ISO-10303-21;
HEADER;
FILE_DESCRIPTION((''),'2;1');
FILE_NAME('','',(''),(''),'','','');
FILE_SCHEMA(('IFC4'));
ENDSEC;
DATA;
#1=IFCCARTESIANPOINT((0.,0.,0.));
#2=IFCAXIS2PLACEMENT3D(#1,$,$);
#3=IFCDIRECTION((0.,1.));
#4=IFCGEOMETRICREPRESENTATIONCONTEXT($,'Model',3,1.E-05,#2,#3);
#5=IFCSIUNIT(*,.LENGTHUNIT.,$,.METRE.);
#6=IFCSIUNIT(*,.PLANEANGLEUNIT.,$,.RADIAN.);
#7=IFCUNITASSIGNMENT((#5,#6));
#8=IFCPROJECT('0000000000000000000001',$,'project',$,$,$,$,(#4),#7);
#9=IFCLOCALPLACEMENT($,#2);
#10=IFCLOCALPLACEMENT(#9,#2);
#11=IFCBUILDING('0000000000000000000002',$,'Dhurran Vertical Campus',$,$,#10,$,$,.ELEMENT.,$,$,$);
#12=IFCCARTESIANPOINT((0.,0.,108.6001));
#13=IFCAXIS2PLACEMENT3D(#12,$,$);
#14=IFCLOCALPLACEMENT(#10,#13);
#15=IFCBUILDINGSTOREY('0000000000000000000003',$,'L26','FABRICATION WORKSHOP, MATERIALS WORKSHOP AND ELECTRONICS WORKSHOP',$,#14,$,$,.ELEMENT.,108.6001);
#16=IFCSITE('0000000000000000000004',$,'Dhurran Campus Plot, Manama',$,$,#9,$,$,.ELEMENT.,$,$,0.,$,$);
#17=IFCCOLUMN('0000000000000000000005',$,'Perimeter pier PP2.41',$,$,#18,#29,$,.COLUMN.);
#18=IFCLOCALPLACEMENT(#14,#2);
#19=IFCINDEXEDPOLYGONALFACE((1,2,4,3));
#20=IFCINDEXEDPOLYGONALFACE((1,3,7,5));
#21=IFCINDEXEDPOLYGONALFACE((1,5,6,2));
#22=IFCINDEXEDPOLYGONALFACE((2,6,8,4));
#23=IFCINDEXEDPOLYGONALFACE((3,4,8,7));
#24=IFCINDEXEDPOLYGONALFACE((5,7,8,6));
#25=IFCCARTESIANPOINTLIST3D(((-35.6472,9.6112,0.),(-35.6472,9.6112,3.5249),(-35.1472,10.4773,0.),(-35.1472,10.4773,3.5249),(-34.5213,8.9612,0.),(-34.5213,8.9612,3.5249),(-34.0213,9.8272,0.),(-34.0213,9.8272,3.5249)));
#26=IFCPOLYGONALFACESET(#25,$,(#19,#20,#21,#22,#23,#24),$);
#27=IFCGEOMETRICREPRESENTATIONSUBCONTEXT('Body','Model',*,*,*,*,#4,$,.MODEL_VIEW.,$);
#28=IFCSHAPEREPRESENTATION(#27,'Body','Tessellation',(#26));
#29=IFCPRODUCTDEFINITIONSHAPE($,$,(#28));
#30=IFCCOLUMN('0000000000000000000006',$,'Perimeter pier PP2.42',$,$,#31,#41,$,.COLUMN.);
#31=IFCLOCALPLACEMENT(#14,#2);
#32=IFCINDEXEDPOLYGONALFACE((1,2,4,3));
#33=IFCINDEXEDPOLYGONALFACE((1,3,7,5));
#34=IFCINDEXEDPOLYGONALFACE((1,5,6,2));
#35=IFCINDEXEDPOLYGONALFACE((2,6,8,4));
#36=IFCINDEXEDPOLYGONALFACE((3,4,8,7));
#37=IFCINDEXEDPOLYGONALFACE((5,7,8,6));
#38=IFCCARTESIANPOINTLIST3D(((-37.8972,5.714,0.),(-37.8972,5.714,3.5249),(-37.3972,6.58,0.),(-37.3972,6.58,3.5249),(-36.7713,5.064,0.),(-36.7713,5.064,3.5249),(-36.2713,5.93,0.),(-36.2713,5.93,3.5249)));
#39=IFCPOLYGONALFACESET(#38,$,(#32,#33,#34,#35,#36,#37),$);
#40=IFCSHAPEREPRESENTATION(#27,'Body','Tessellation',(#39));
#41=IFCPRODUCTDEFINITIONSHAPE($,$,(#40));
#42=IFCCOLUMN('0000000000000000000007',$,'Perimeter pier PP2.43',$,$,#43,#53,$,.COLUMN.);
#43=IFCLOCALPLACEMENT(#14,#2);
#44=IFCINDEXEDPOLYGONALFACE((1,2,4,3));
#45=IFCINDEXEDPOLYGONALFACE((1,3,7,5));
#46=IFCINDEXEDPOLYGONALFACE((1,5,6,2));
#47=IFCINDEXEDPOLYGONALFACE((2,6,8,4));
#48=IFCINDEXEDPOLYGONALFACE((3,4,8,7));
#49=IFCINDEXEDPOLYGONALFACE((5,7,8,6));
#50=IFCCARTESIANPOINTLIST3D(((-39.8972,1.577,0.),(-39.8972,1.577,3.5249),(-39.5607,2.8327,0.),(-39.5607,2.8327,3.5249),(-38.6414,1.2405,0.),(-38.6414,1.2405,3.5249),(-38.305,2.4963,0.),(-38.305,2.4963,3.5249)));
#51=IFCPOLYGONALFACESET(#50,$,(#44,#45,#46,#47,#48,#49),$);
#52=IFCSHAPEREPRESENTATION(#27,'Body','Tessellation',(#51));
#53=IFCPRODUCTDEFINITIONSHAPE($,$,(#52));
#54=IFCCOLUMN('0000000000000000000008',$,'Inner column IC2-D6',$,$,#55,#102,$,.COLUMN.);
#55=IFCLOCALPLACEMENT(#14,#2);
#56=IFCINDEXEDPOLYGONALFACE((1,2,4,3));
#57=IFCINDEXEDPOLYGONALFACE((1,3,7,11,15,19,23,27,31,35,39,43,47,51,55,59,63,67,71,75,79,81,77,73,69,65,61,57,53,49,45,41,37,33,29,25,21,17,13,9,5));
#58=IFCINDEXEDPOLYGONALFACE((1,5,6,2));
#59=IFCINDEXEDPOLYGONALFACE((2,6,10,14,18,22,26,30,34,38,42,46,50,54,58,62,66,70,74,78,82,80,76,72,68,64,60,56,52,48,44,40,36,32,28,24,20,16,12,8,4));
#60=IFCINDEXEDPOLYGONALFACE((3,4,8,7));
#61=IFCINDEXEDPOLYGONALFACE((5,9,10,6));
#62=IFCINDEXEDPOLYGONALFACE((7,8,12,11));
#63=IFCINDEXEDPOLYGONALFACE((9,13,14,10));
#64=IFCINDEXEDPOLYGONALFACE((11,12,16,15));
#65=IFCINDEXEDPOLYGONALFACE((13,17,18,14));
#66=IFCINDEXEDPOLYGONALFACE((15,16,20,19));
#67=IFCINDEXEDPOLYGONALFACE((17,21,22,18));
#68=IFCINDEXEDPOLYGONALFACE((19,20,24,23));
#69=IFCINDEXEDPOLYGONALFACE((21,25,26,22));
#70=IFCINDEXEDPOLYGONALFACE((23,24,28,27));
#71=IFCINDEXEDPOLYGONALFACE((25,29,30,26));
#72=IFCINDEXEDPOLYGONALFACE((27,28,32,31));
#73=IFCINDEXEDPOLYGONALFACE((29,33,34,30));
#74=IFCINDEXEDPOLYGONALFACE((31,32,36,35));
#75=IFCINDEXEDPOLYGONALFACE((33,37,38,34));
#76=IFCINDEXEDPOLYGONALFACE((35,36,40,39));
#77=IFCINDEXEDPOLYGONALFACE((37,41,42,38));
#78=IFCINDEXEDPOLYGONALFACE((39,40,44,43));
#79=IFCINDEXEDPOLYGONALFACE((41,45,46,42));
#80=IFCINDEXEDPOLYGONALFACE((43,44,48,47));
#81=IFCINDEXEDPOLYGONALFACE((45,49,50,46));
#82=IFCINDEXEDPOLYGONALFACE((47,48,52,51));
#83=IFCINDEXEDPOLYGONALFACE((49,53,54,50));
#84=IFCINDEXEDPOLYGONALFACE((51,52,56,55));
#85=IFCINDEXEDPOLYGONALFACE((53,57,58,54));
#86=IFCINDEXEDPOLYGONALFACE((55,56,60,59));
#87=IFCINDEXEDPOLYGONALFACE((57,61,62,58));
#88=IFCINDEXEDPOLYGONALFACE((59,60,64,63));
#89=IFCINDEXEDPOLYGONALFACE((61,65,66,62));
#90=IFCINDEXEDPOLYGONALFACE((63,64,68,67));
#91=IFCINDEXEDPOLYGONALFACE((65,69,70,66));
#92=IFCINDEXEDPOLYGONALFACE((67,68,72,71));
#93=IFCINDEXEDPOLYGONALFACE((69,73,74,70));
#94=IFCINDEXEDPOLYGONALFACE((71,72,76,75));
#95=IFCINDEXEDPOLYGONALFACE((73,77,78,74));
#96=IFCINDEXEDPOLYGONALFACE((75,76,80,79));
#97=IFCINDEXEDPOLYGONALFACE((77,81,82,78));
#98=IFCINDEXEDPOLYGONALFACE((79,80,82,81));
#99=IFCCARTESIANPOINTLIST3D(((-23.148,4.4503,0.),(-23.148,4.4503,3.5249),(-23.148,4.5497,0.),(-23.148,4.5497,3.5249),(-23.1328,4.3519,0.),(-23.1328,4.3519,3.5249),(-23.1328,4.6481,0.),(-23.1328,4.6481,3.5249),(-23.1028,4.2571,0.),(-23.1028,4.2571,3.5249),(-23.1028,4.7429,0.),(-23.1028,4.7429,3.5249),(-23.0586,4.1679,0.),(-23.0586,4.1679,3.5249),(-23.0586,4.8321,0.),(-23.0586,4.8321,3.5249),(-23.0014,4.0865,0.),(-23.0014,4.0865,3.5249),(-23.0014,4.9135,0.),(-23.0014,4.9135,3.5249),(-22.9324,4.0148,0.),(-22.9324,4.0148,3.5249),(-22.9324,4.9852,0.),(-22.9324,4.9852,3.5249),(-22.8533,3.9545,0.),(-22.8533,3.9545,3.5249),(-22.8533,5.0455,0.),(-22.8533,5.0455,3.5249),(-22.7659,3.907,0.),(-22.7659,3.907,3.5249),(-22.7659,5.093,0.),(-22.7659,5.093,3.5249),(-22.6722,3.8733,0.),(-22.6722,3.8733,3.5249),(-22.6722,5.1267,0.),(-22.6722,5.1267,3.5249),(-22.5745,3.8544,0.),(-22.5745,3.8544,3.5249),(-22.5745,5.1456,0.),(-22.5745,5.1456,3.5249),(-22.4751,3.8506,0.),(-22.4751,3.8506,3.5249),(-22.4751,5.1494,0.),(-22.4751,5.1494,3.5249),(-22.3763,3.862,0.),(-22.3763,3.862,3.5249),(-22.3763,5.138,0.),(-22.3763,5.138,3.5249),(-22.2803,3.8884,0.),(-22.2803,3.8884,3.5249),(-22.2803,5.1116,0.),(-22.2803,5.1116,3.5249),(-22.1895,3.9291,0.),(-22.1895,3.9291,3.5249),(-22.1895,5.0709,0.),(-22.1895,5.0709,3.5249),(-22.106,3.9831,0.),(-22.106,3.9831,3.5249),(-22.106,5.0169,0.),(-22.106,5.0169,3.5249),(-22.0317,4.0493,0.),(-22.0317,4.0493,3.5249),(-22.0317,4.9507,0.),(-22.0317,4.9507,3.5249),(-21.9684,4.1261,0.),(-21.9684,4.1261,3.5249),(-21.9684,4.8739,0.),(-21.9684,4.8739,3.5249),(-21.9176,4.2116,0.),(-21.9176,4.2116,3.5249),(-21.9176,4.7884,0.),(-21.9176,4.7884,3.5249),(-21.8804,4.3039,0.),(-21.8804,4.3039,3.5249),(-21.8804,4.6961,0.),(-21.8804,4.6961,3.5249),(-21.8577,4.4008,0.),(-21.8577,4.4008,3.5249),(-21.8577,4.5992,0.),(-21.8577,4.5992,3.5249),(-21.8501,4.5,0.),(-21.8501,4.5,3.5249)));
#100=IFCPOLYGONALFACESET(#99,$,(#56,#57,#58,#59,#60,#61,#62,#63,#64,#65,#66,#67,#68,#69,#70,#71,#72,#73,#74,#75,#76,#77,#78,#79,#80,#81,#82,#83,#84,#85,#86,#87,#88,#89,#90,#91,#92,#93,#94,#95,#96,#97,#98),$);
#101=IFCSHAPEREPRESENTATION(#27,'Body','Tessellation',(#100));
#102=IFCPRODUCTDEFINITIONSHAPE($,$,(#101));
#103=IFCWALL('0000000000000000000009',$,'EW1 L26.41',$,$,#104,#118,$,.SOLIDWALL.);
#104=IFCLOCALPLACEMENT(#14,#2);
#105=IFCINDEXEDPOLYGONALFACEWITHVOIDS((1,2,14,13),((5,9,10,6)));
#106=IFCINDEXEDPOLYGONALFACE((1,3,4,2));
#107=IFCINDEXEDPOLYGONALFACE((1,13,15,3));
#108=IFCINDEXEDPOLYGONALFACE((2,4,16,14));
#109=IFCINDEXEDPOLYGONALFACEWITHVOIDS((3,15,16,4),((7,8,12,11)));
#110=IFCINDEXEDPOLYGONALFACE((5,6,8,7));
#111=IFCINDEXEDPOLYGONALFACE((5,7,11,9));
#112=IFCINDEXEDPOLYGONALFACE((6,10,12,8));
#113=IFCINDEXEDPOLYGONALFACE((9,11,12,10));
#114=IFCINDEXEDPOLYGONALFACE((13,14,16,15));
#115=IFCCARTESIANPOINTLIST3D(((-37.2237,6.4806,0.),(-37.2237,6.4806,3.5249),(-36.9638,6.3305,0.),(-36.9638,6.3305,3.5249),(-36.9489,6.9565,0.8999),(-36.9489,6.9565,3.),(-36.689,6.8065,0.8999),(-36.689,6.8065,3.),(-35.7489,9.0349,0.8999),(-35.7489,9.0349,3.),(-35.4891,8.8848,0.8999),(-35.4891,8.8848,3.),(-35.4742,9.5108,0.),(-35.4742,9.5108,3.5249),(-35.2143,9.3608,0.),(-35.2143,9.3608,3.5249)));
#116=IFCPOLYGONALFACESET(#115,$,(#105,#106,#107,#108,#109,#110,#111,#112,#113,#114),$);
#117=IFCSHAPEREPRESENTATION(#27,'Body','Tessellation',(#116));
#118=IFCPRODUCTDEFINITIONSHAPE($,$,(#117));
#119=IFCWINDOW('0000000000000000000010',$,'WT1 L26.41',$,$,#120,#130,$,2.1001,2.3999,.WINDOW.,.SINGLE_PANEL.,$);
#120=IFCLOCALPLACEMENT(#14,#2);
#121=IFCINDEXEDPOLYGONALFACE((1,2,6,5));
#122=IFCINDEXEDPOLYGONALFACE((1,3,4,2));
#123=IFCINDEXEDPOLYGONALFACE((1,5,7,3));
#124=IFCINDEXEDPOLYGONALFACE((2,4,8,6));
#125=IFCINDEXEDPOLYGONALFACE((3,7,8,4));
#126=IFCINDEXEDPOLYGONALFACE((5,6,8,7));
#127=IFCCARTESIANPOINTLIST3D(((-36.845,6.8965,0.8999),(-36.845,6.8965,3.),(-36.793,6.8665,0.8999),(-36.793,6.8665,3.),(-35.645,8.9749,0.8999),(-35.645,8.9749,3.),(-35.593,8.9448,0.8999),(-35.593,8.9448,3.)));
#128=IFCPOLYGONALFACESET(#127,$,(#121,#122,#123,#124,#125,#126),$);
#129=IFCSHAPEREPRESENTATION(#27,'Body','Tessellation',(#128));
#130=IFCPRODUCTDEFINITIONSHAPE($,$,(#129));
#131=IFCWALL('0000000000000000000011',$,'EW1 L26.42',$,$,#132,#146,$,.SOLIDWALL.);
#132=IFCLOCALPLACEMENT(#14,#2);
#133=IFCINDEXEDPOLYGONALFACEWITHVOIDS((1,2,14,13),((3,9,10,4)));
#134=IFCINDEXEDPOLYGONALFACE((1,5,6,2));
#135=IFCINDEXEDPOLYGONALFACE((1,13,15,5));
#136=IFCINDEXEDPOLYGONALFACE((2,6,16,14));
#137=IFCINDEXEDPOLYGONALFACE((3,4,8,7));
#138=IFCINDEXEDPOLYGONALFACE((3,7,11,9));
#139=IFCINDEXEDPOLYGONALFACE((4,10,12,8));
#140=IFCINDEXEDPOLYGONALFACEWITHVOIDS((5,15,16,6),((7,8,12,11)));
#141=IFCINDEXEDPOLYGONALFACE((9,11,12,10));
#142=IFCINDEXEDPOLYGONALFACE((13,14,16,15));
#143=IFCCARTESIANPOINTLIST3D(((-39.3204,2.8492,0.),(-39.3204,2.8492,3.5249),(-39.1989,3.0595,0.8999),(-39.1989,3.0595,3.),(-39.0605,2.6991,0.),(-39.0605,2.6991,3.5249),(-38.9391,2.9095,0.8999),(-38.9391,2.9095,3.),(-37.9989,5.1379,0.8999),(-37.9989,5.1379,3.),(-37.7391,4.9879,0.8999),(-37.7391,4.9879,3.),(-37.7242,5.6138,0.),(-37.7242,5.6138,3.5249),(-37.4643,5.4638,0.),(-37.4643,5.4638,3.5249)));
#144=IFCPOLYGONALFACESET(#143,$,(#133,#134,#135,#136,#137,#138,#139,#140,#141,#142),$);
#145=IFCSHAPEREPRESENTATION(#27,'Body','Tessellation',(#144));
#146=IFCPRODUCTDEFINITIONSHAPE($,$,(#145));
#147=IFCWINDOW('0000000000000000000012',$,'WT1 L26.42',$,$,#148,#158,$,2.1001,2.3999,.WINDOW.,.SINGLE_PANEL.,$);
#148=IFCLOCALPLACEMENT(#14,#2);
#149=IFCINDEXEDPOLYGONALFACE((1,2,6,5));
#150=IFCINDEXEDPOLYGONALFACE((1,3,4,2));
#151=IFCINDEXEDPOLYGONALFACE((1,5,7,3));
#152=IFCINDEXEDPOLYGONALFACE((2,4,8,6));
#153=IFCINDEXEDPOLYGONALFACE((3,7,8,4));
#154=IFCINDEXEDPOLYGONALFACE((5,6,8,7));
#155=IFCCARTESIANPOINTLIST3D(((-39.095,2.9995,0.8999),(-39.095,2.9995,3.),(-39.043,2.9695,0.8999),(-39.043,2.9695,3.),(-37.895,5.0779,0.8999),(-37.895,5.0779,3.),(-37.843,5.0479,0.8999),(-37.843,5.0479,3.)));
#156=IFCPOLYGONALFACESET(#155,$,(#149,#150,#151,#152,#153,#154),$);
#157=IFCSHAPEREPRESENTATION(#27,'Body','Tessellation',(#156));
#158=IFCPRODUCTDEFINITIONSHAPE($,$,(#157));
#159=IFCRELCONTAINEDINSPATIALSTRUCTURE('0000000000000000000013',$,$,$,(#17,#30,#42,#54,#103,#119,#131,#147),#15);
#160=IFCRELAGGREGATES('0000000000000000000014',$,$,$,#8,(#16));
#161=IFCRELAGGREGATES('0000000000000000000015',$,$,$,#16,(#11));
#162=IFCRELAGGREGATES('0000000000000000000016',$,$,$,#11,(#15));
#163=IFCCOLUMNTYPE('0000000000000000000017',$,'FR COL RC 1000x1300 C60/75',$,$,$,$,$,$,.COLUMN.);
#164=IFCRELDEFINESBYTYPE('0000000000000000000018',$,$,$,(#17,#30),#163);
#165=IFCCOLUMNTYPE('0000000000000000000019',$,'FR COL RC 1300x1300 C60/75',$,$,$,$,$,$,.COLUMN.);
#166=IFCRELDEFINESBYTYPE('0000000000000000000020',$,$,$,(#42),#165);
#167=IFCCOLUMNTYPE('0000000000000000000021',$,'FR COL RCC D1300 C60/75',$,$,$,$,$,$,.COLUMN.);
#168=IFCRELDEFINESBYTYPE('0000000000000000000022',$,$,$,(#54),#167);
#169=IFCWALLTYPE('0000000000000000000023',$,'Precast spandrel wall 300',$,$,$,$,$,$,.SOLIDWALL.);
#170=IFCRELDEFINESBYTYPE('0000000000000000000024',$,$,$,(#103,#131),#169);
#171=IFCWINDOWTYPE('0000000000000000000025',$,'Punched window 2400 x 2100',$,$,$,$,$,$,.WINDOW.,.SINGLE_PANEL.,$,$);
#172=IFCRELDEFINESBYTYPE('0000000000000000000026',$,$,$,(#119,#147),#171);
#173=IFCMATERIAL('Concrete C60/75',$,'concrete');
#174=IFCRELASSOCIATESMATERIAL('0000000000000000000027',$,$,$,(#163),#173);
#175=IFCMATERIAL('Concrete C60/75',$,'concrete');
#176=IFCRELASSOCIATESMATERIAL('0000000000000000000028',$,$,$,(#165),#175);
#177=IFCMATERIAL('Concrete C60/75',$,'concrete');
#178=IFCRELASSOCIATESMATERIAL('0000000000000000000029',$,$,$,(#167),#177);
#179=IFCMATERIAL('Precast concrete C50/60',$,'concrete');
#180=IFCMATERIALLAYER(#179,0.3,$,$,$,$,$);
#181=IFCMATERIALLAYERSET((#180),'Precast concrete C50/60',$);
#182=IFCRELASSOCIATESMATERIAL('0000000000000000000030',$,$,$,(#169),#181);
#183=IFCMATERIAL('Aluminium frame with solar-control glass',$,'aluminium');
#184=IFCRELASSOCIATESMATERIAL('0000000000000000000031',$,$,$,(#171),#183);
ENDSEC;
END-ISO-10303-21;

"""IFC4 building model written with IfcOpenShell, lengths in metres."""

from ifc_helpers import new_model, si_unit, direction, frame, frame_2d, origin, origin_2d, place, context, subcontext, project, spatial, rectangle, circle, extrude, material, layer, layer_set, material_profile, profile_set, type_object, element, fill, save


model = new_model("IFC4")

# Units and contexts
model_context = context("Model", 3, precision=1e-05, world=origin(), true_north=direction((0.0, 1.0)))
body_context = subcontext(model_context, "Body", "Model", "MODEL_VIEW")
ifc_project = project(units=[si_unit("LENGTHUNIT", "METRE"), si_unit("PLANEANGLEUNIT", "RADIAN")], contexts=[model_context])

# Site, building, storey
site_placement = place(None, origin())
site = spatial("IfcSite", under=ifc_project, at=site_placement, Name="Dhurran Campus Plot, Manama", CompositionType="ELEMENT", RefElevation=0.0)
building_placement = place(site_placement, origin())
building = spatial("IfcBuilding", under=site, at=building_placement, Name="Dhurran Vertical Campus", CompositionType="ELEMENT")
storey_placement = place(building_placement, frame((0.0, 0.0, 108.6001)))
storey = spatial("IfcBuildingStorey", under=building, at=storey_placement, Name="L26", Description="FABRICATION WORKSHOP, MATERIALS WORKSHOP AND ELECTRONICS WORKSHOP", CompositionType="ELEMENT", Elevation=108.6001)

# Columns
ifc_material_1 = material(Name="Concrete C60/75", Category="concrete")
ifc_material_profile_1 = material_profile(ifc_material_1, rectangle(XDim=1.0, YDim=1.3, at=origin_2d()), Name="RC 1000x1300")
ifc_profile_set_1 = profile_set([ifc_material_profile_1], Name="Concrete C60/75")
column_type_1 = type_object("IfcColumnType", Name="FR COL RC 1000x1300 C60/75", PredefinedType="COLUMN", material=ifc_profile_set_1)
for number, where, z_axis, x_axis, name in (
    (1, (-34.8342, 9.7192, 0.0), (0.0, 0.0, 1.0), (-0.5, -0.866025, 0.0), "Perimeter pier PP2.41"),
    (2, (-37.0842, 5.822, 0.0), (0.0, 0.0, 1.0), (-0.5, -0.866025, 0.0), "Perimeter pier PP2.42"),
):
    element("IfcColumn", number, at=place(storey_placement, frame(where, z_axis=z_axis, x_axis=x_axis)), inside=storey, type_object=column_type_1, Name=name, PredefinedType="COLUMN", context=body_context, shape_type="SweptSolid", body=[
        extrude(rectangle(XDim=1.0, YDim=1.3, at=origin_2d()), origin(), (0.0, 0.0, 1.0), 3.5249),
    ])
ifc_material_2 = material(Name="Concrete C60/75", Category="concrete")
ifc_material_profile_2 = material_profile(ifc_material_2, rectangle(XDim=1.3, YDim=1.3, at=origin_2d()), Name="RC 1300x1300")
ifc_profile_set_2 = profile_set([ifc_material_profile_2], Name="Concrete C60/75")
column_type_2 = type_object("IfcColumnType", Name="FR COL RC 1300x1300 C60/75", PredefinedType="COLUMN", material=ifc_profile_set_2)
column_1_placement = place(storey_placement, frame((-39.1011, 2.0366, 0.0), z_axis=(0.0, 0.0, 1.0), x_axis=(-0.258819, -0.965926, 0.0)))
element("IfcColumn", 3, at=column_1_placement, inside=storey, type_object=column_type_2, Name="Perimeter pier PP2.43", PredefinedType="COLUMN", context=body_context, shape_type="SweptSolid", body=[
    extrude(rectangle(XDim=1.3, YDim=1.3, at=origin_2d()), origin(), (0.0, 0.0, 1.0), 3.5249),
])
ifc_material_3 = material(Name="Concrete C60/75", Category="concrete")
ifc_material_profile_3 = material_profile(ifc_material_3, circle(Radius=0.6499, at=origin_2d()), Name="RCC D1300")
ifc_profile_set_3 = profile_set([ifc_material_profile_3], Name="Concrete C60/75")
column_type_3 = type_object("IfcColumnType", Name="FR COL RCC D1300 C60/75", PredefinedType="COLUMN", material=ifc_profile_set_3)
column_2_placement = place(storey_placement, frame((-22.5, 4.5, 0.0), z_axis=(0.0, 0.0, 1.0), x_axis=(1.0, 0.0, 0.0)))
element("IfcColumn", 4, at=column_2_placement, inside=storey, type_object=column_type_3, Name="Inner column IC2-D6", PredefinedType="COLUMN", context=body_context, shape_type="SweptSolid", body=[
    extrude(circle(Radius=0.6499, at=origin_2d()), origin(), (0.0, 0.0, 1.0), 3.5249),
])

# Walls, openings, windows
ifc_material_4 = material(Name="Precast concrete C50/60", Category="concrete")
ifc_layer_1 = layer(ifc_material_4, 0.3)
ifc_layer_set_1 = layer_set([ifc_layer_1], Name="Precast concrete C50/60")
wall_type_1 = type_object("IfcWallType", Name="Precast spandrel wall 300", PredefinedType="SOLIDWALL", material=ifc_layer_set_1)
wall_1_placement = place(storey_placement, frame((-35.3442, 9.4358, 0.0), z_axis=(0.0, 0.0, 1.0), x_axis=(-0.499996, -0.866028, 0.0)))
wall_1 = element("IfcWall", 5, at=wall_1_placement, inside=storey, type_object=wall_type_1, Name="EW1 L26.41", PredefinedType="SOLIDWALL", context=body_context, shape_type="SweptSolid", body=[
    extrude(rectangle(XDim=3.499, YDim=0.3, at=frame_2d((1.7495, 0.0))), origin(), (0.0, 0.0, 1.0), 3.5249),
])
opening_1_placement = place(wall_1_placement, frame((0.5496, 0.0, 0.8999)))
opening_1 = element("IfcOpeningElement", 6, at=opening_1_placement, cuts=wall_1, PredefinedType="OPENING", context=body_context, shape_type="SweptSolid", body=[
    extrude(rectangle(XDim=2.3999, YDim=2.1001, at=frame_2d((1.2, 1.05))), frame((0.0, 0.1599, 0.0), z_axis=(0.0, -1.0, 0.0), x_axis=(1.0, 0.0, 0.0)), (0.0, 0.0, 1.0), 0.3201),
])
ifc_material_5 = material(Name="Aluminium frame with solar-control glass", Category="aluminium")
window_type = type_object("IfcWindowType", Name="Punched window 2400 x 2100", PartitioningType="SINGLE_PANEL", PredefinedType="WINDOW", material=ifc_material_5)
window_1_placement = place(opening_1_placement, origin())
window_1 = element("IfcWindow", 7, at=window_1_placement, inside=storey, type_object=window_type, Name="WT1 L26.41", OverallHeight=2.1001, OverallWidth=2.3999, PartitioningType="SINGLE_PANEL", PredefinedType="WINDOW", context=body_context, shape_type="SweptSolid", body=[
    extrude(rectangle(XDim=2.3999, YDim=2.1001, at=frame_2d((1.2, 1.05))), frame((0.0, 0.03, 0.0), z_axis=(0.0, -1.0, 0.0), x_axis=(1.0, 0.0, 0.0)), (0.0, 0.0, 1.0), 0.0601),
])
fill(opening_1, window_1)
wall_2_placement = place(storey_placement, frame((-37.5942, 5.5388, 0.0), z_axis=(0.0, 0.0, 1.0), x_axis=(-0.500005, -0.866023, 0.0)))
wall_2 = element("IfcWall", 8, at=wall_2_placement, inside=storey, type_object=wall_type_1, Name="EW1 L26.42", PredefinedType="SOLIDWALL", context=body_context, shape_type="SweptSolid", body=[
    extrude(rectangle(XDim=3.1924, YDim=0.3, at=frame_2d((1.5962, 0.0))), origin(), (0.0, 0.0, 1.0), 3.5249),
])
opening_2_placement = place(wall_2_placement, frame((0.5496, 0.0, 0.8999)))
opening_2 = element("IfcOpeningElement", 9, at=opening_2_placement, cuts=wall_2, PredefinedType="OPENING", context=body_context, shape_type="SweptSolid", body=[
    extrude(rectangle(XDim=2.3999, YDim=2.1001, at=frame_2d((1.2, 1.05))), frame((0.0, 0.1599, 0.0), z_axis=(0.0, -1.0, 0.0), x_axis=(1.0, 0.0, 0.0)), (0.0, 0.0, 1.0), 0.3201),
])
window_2_placement = place(opening_2_placement, origin())
window_2 = element("IfcWindow", 10, at=window_2_placement, inside=storey, type_object=window_type, Name="WT1 L26.42", OverallHeight=2.1001, OverallWidth=2.3999, PartitioningType="SINGLE_PANEL", PredefinedType="WINDOW", context=body_context, shape_type="SweptSolid", body=[
    extrude(rectangle(XDim=2.3999, YDim=2.1001, at=frame_2d((1.2, 1.05))), frame((0.0, 0.03, 0.0), z_axis=(0.0, -1.0, 0.0), x_axis=(1.0, 0.0, 0.0)), (0.0, 0.0, 1.0), 0.0601),
])
fill(opening_2, window_2)

save(model, "model.ifc")
